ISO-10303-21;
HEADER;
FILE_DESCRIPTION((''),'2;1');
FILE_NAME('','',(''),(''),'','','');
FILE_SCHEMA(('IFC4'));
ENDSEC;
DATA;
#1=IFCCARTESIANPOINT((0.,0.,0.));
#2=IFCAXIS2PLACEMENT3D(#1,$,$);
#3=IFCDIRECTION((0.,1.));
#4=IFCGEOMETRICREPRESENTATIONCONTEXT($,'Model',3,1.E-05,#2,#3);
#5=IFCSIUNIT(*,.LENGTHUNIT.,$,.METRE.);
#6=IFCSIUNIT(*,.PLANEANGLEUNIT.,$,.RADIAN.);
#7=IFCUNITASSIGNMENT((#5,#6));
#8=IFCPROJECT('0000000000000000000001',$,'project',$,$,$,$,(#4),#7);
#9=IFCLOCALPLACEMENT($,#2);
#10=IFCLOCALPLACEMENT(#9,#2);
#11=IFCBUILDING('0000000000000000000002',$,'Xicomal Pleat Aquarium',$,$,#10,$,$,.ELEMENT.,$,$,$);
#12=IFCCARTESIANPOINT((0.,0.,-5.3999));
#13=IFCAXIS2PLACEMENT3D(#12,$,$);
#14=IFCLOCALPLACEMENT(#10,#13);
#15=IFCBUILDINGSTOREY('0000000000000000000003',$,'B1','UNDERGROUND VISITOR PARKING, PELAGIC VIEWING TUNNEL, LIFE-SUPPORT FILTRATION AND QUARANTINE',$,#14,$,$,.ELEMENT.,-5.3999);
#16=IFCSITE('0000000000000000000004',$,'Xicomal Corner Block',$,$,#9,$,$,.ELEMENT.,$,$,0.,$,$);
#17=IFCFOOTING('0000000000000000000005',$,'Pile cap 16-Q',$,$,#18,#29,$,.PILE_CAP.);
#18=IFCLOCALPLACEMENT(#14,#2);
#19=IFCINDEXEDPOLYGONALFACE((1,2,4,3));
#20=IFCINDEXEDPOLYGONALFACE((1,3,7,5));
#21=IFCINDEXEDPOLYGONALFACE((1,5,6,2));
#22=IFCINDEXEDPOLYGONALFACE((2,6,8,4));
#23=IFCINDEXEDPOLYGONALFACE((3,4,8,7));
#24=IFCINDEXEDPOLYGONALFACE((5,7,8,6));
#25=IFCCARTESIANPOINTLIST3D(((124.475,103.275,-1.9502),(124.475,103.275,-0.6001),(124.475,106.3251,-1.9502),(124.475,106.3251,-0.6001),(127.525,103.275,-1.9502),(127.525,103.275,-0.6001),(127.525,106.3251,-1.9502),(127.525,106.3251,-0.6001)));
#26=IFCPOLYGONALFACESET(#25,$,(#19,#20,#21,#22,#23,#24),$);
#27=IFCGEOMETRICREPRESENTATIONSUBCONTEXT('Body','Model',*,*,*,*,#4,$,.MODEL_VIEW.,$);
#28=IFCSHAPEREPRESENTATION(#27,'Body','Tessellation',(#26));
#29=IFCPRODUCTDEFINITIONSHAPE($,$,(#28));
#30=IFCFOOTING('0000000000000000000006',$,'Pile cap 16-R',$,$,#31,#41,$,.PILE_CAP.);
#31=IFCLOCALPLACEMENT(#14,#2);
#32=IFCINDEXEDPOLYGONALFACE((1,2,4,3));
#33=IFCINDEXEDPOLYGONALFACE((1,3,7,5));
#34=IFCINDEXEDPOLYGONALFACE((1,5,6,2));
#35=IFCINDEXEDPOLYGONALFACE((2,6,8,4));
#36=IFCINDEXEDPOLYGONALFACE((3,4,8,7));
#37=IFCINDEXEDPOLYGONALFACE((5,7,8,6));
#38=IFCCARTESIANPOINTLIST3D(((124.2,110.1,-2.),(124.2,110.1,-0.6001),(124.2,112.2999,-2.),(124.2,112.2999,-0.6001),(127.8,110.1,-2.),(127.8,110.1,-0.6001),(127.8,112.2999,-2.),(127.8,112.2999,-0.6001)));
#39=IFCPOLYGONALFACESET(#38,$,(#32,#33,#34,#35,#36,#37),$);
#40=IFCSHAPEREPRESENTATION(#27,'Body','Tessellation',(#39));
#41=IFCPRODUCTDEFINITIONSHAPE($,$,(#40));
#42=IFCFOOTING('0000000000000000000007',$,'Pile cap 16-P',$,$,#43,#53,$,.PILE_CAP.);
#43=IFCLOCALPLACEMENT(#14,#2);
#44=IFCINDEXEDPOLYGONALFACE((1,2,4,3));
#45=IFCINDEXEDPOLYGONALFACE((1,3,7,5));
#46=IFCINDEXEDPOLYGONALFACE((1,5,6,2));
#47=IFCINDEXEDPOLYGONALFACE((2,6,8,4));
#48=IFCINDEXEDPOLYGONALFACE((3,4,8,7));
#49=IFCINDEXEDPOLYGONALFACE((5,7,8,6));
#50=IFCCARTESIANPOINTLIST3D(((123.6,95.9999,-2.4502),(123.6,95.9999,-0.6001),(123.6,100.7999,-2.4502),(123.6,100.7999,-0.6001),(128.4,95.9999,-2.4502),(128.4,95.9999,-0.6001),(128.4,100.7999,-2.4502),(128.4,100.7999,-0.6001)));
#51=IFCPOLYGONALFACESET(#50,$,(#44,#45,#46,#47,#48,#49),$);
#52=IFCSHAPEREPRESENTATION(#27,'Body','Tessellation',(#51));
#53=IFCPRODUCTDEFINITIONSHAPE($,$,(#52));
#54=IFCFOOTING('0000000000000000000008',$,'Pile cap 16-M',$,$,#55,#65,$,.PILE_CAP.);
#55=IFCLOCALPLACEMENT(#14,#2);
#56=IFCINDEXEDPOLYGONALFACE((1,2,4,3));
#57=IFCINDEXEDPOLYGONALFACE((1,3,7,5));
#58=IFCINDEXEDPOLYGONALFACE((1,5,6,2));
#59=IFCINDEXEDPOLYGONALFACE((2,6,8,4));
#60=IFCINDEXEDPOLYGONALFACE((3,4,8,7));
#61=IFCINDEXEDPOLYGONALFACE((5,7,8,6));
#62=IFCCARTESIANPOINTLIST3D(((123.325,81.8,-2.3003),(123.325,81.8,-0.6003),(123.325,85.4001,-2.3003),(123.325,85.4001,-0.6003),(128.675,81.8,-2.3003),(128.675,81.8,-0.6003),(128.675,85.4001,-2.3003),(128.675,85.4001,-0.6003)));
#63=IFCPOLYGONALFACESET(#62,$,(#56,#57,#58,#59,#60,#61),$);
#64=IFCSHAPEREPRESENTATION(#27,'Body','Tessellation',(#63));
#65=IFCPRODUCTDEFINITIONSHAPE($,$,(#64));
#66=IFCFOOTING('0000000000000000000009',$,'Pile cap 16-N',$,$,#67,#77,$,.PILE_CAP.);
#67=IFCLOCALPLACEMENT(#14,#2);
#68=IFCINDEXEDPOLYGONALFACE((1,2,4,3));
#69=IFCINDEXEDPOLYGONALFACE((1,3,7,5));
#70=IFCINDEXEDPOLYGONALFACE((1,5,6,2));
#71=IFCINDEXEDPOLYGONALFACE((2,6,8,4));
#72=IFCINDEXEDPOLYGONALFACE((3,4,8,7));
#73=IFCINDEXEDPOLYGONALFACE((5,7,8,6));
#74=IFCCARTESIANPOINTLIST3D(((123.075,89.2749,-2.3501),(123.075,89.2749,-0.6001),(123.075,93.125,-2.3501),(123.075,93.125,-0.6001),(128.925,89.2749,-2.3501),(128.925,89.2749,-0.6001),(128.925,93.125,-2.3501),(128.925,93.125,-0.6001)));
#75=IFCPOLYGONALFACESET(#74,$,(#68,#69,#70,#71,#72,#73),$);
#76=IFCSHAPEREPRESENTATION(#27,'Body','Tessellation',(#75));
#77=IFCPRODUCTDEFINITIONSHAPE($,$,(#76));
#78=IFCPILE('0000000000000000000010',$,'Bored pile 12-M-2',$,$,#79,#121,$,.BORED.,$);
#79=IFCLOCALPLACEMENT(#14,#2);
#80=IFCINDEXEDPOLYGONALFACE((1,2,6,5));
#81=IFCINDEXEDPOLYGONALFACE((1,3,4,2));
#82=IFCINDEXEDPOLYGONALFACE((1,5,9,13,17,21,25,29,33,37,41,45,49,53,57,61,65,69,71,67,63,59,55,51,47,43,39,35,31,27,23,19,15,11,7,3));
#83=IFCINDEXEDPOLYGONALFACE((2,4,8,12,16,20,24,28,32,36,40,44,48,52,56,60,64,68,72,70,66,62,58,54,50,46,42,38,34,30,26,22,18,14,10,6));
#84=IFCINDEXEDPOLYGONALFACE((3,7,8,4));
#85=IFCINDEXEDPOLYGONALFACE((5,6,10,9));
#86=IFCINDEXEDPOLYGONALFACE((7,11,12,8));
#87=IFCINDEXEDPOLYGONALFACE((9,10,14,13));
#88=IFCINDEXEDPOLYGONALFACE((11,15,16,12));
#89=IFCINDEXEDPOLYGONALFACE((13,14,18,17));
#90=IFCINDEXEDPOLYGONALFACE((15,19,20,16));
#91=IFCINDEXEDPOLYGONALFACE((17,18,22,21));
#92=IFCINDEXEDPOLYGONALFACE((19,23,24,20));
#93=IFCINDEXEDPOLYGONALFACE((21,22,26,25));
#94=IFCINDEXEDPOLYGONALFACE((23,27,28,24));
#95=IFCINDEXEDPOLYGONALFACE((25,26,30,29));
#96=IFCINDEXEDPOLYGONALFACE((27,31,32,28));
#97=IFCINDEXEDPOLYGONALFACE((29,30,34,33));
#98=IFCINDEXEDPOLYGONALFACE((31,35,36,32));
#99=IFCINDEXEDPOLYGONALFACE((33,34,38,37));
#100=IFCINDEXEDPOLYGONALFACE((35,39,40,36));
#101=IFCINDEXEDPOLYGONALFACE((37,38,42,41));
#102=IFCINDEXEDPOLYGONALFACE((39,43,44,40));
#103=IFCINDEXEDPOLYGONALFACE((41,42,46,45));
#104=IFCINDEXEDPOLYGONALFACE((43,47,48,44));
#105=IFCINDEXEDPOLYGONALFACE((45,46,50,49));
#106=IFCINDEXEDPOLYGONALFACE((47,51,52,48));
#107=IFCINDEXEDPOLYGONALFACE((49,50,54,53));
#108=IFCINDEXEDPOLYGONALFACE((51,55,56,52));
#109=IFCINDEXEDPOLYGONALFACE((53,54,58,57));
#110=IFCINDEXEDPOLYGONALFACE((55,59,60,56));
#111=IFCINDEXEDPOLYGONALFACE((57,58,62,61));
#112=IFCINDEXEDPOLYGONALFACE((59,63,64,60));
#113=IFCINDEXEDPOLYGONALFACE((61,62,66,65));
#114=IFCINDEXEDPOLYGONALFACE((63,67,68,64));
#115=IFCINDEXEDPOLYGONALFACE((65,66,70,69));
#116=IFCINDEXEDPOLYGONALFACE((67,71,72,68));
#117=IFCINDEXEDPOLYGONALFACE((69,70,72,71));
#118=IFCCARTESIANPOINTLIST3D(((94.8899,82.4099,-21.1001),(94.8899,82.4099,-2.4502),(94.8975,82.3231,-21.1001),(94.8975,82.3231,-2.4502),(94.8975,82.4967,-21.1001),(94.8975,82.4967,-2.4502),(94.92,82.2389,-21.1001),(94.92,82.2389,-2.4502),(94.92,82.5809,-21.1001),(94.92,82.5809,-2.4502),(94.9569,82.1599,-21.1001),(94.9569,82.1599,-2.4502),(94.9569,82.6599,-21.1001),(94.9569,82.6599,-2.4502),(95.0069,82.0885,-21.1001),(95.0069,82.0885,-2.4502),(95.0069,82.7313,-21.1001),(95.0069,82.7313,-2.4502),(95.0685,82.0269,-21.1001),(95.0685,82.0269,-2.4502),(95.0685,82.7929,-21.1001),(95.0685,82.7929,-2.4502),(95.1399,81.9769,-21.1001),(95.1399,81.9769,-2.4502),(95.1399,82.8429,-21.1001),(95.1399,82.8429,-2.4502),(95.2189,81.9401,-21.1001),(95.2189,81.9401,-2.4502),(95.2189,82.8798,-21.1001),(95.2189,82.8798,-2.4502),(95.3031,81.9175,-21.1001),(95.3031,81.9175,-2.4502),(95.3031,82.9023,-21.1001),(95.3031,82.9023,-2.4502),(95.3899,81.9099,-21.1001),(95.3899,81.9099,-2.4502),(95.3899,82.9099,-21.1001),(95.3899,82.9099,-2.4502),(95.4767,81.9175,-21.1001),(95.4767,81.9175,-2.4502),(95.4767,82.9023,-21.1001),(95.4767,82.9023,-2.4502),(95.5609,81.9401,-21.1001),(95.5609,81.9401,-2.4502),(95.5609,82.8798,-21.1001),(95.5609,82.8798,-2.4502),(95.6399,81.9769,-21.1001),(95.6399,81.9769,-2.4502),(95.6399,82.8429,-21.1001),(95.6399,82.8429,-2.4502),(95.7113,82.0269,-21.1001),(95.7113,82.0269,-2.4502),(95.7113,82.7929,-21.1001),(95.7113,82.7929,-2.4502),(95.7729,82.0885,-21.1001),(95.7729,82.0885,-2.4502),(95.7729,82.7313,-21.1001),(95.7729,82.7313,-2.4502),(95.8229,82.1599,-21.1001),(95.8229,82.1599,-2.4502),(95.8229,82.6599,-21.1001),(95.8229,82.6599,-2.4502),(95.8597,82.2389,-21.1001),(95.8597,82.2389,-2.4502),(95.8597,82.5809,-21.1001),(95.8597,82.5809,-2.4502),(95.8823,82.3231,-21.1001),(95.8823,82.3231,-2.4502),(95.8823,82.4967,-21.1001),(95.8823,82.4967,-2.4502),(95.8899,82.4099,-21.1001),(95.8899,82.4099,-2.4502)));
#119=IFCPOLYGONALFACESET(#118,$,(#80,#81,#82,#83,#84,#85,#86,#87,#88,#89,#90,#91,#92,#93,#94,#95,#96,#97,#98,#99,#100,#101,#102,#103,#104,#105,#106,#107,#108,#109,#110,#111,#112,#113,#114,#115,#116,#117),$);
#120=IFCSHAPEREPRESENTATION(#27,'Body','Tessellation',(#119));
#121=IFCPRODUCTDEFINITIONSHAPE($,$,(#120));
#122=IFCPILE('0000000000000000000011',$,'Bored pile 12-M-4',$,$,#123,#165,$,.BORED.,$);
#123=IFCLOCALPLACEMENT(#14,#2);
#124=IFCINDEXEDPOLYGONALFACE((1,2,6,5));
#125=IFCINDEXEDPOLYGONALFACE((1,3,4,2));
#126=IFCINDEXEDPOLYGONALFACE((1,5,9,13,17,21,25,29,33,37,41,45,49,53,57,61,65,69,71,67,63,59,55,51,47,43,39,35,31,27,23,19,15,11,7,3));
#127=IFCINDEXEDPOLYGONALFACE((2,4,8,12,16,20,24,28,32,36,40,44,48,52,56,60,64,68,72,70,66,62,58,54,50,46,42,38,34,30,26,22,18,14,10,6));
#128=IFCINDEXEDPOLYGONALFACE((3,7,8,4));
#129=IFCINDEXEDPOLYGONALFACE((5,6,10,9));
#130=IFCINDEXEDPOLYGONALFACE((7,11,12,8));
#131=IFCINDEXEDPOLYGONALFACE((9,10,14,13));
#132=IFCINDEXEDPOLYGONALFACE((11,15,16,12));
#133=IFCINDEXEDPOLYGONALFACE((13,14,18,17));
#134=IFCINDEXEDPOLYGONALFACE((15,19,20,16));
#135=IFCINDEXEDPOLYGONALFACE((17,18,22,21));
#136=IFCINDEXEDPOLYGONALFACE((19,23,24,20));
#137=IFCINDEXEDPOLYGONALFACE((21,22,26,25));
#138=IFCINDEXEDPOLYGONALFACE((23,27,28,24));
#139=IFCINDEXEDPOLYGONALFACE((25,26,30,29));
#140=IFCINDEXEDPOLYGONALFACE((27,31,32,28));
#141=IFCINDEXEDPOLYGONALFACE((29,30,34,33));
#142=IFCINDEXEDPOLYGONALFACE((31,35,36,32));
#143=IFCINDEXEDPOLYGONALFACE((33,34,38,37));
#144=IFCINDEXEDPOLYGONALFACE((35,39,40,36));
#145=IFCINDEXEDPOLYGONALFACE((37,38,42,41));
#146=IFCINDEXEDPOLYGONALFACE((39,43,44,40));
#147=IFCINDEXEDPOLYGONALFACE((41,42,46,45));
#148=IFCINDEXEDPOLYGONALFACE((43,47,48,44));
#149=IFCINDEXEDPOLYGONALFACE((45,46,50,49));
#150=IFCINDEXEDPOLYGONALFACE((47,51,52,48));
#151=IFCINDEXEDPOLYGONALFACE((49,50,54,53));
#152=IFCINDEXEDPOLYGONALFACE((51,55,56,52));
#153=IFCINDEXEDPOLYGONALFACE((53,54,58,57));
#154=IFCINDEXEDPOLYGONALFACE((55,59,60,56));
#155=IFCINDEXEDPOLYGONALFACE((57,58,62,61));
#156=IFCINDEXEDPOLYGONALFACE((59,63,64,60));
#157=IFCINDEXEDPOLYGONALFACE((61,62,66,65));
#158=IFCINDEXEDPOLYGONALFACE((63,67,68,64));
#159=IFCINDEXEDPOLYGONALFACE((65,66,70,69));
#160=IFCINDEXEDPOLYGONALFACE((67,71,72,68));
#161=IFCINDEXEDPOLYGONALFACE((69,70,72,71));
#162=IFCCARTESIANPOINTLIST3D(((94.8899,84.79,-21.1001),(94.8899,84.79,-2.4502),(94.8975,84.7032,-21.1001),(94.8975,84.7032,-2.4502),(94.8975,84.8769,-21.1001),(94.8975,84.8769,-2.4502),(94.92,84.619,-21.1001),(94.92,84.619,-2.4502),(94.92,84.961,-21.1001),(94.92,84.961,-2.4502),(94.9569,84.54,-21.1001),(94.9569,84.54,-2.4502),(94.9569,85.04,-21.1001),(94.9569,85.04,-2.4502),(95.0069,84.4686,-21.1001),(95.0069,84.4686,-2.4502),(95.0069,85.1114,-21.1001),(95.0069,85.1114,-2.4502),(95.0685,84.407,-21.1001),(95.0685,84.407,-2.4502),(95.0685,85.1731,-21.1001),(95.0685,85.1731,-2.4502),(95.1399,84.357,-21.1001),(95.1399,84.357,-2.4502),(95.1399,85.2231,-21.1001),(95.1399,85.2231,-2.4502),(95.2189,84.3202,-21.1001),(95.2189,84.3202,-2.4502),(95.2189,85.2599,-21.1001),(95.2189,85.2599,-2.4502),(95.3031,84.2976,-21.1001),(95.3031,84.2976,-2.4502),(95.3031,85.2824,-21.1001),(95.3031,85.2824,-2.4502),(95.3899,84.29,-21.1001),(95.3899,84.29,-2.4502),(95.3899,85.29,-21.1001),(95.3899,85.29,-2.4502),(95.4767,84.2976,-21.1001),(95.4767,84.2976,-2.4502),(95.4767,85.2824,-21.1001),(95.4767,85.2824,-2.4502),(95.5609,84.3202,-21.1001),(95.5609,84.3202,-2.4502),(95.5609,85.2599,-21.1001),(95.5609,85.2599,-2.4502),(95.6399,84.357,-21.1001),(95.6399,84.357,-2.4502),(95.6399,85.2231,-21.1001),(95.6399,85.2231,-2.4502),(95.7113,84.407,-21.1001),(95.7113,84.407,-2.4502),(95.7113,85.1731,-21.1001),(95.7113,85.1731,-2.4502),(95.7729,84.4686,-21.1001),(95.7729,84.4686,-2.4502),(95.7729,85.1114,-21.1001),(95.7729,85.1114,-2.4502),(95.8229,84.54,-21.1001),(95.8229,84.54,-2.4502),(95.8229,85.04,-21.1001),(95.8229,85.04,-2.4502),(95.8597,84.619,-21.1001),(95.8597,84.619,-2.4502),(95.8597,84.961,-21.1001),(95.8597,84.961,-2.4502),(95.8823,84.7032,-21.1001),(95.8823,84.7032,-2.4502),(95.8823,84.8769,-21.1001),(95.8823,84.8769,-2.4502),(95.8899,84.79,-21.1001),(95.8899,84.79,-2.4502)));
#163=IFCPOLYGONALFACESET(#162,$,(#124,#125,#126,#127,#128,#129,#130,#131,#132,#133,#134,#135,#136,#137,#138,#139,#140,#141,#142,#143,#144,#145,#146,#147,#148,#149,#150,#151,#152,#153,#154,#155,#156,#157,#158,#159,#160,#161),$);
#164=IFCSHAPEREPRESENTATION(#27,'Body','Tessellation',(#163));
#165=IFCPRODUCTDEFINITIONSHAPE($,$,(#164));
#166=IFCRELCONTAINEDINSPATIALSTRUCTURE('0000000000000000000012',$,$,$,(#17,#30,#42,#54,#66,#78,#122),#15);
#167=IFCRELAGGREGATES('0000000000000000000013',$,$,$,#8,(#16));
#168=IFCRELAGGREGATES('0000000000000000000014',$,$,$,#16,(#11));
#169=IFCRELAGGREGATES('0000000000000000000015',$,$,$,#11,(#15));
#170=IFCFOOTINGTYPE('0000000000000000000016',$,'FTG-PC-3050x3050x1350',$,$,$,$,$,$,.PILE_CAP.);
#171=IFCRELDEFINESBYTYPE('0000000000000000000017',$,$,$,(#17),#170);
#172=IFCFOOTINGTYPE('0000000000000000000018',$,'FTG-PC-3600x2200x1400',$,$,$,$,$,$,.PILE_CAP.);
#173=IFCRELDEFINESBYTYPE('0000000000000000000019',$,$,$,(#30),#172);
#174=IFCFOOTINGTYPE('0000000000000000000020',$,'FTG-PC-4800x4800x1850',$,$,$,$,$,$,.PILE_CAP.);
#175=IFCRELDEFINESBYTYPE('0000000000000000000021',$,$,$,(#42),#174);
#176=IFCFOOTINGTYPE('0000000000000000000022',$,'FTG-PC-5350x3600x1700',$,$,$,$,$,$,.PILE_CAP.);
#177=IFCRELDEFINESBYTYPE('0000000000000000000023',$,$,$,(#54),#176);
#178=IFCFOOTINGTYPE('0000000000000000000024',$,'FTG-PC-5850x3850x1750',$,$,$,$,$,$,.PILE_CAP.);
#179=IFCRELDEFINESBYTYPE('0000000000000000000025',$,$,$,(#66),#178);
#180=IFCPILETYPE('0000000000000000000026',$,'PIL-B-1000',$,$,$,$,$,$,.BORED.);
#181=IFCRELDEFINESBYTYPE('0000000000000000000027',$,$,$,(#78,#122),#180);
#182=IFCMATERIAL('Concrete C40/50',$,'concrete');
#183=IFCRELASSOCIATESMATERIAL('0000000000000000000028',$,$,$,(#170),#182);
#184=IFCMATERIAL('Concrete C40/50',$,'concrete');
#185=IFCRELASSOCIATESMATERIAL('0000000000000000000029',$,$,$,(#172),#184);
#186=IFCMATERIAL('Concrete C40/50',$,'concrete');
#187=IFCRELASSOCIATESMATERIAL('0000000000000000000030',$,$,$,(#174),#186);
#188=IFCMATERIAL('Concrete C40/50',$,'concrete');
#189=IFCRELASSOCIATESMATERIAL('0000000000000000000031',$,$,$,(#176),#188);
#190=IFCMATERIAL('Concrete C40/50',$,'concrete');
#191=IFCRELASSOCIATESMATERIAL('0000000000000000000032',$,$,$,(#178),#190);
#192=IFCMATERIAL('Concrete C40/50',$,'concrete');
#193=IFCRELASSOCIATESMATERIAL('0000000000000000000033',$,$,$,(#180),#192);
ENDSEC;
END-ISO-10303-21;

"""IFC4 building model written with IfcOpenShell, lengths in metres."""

from ifc_helpers import new_model, si_unit, direction, frame, origin, origin_2d, place, context, subcontext, project, spatial, rectangle, circle, extrude, material, material_profile, profile_set, type_object, element, save


model = new_model("IFC4")

# Units and contexts
model_context = context("Model", 3, precision=1e-05, world=origin(), true_north=direction((0.0, 1.0)))
body_context = subcontext(model_context, "Body", "Model", "MODEL_VIEW")
ifc_project = project(units=[si_unit("LENGTHUNIT", "METRE"), si_unit("PLANEANGLEUNIT", "RADIAN")], contexts=[model_context])

# Site, building, storey
site_placement = place(None, origin())
site = spatial("IfcSite", under=ifc_project, at=site_placement, Name="Xicomal Corner Block", CompositionType="ELEMENT", RefElevation=0.0)
building_placement = place(site_placement, origin())
building = spatial("IfcBuilding", under=site, at=building_placement, Name="Xicomal Pleat Aquarium", CompositionType="ELEMENT")
storey_placement = place(building_placement, frame((0.0, 0.0, -5.3999)))
storey = spatial("IfcBuildingStorey", under=building, at=storey_placement, Name="B1", Description="UNDERGROUND VISITOR PARKING, PELAGIC VIEWING TUNNEL, LIFE-SUPPORT FILTRATION AND QUARANTINE", CompositionType="ELEMENT", Elevation=-5.3999)

# Footings
ifc_material_1 = material(Name="Concrete C40/50", Category="concrete")
footing_type_1 = type_object("IfcFootingType", Name="FTG-PC-3050x3050x1350", PredefinedType="PILE_CAP", material=ifc_material_1)
footing_1_placement = place(storey_placement, frame((126.0, 104.8, -1.9502), z_axis=(0.0, 0.0, 1.0), x_axis=(1.0, 0.0, 0.0)))
element("IfcFooting", 1, at=footing_1_placement, inside=storey, type_object=footing_type_1, Name="Pile cap 16-Q", PredefinedType="PILE_CAP", context=body_context, shape_type="SweptSolid", body=[
    extrude(rectangle(XDim=3.05, YDim=3.05, at=origin_2d()), origin(), (0.0, 0.0, 1.0), 1.3501),
])
ifc_material_2 = material(Name="Concrete C40/50", Category="concrete")
footing_type_2 = type_object("IfcFootingType", Name="FTG-PC-3600x2200x1400", PredefinedType="PILE_CAP", material=ifc_material_2)
footing_2_placement = place(storey_placement, frame((126.0, 111.2, -2.0), z_axis=(0.0, 0.0, 1.0), x_axis=(1.0, 0.0, 0.0)))
element("IfcFooting", 2, at=footing_2_placement, inside=storey, type_object=footing_type_2, Name="Pile cap 16-R", PredefinedType="PILE_CAP", context=body_context, shape_type="SweptSolid", body=[
    extrude(rectangle(XDim=3.6001, YDim=2.2, at=origin_2d()), origin(), (0.0, 0.0, 1.0), 1.3999),
])
ifc_material_3 = material(Name="Concrete C40/50", Category="concrete")
footing_type_3 = type_object("IfcFootingType", Name="FTG-PC-4800x4800x1850", PredefinedType="PILE_CAP", material=ifc_material_3)
footing_3_placement = place(storey_placement, frame((126.0, 98.3999, -2.4502), z_axis=(0.0, 0.0, 1.0), x_axis=(1.0, 0.0, 0.0)))
element("IfcFooting", 3, at=footing_3_placement, inside=storey, type_object=footing_type_3, Name="Pile cap 16-P", PredefinedType="PILE_CAP", context=body_context, shape_type="SweptSolid", body=[
    extrude(rectangle(XDim=4.8, YDim=4.8, at=origin_2d()), origin(), (0.0, 0.0, 1.0), 1.8501),
])
ifc_material_4 = material(Name="Concrete C40/50", Category="concrete")
footing_type_4 = type_object("IfcFootingType", Name="FTG-PC-5350x3600x1700", PredefinedType="PILE_CAP", material=ifc_material_4)
footing_4_placement = place(storey_placement, frame((126.0, 83.6001, -2.3003), z_axis=(0.0, 0.0, 1.0), x_axis=(1.0, 0.0, 0.0)))
element("IfcFooting", 4, at=footing_4_placement, inside=storey, type_object=footing_type_4, Name="Pile cap 16-M", PredefinedType="PILE_CAP", context=body_context, shape_type="SweptSolid", body=[
    extrude(rectangle(XDim=5.3501, YDim=3.6001, at=origin_2d()), origin(), (0.0, 0.0, 1.0), 1.7),
])
ifc_material_5 = material(Name="Concrete C40/50", Category="concrete")
footing_type_5 = type_object("IfcFootingType", Name="FTG-PC-5850x3850x1750", PredefinedType="PILE_CAP", material=ifc_material_5)
footing_5_placement = place(storey_placement, frame((126.0, 91.2, -2.3501), z_axis=(0.0, 0.0, 1.0), x_axis=(1.0, 0.0, 0.0)))
element("IfcFooting", 5, at=footing_5_placement, inside=storey, type_object=footing_type_5, Name="Pile cap 16-N", PredefinedType="PILE_CAP", context=body_context, shape_type="SweptSolid", body=[
    extrude(rectangle(XDim=5.8501, YDim=3.8501, at=origin_2d()), origin(), (0.0, 0.0, 1.0), 1.75),
])

# Piles
ifc_material_6 = material(Name="Concrete C40/50", Category="concrete")
ifc_material_profile_1 = material_profile(ifc_material_6, circle(Radius=0.5, at=origin_2d()), Name="BORED PILE D1000")
ifc_profile_set_1 = profile_set([ifc_material_profile_1], Name="Concrete C40/50")
pile_type_1 = type_object("IfcPileType", Name="PIL-B-1000", PredefinedType="BORED", material=ifc_profile_set_1)
for number, where, z_axis, x_axis, name in (
    (6, (95.3899, 82.4099, -2.4502), (0.0, 0.0, -1.0), (1.0, 0.0, 0.0), "Bored pile 12-M-2"),
    (7, (95.3899, 84.79, -2.4502), (0.0, 0.0, -1.0), (1.0, 0.0, 0.0), "Bored pile 12-M-4"),
):
    element("IfcPile", number, at=place(storey_placement, frame(where, z_axis=z_axis, x_axis=x_axis)), inside=storey, type_object=pile_type_1, Name=name, PredefinedType="BORED", context=body_context, shape_type="SweptSolid", body=[
        extrude(circle(Radius=0.5, at=origin_2d()), origin(), (0.0, 0.0, 1.0), 18.6499),
    ])

save(model, "model.ifc")
